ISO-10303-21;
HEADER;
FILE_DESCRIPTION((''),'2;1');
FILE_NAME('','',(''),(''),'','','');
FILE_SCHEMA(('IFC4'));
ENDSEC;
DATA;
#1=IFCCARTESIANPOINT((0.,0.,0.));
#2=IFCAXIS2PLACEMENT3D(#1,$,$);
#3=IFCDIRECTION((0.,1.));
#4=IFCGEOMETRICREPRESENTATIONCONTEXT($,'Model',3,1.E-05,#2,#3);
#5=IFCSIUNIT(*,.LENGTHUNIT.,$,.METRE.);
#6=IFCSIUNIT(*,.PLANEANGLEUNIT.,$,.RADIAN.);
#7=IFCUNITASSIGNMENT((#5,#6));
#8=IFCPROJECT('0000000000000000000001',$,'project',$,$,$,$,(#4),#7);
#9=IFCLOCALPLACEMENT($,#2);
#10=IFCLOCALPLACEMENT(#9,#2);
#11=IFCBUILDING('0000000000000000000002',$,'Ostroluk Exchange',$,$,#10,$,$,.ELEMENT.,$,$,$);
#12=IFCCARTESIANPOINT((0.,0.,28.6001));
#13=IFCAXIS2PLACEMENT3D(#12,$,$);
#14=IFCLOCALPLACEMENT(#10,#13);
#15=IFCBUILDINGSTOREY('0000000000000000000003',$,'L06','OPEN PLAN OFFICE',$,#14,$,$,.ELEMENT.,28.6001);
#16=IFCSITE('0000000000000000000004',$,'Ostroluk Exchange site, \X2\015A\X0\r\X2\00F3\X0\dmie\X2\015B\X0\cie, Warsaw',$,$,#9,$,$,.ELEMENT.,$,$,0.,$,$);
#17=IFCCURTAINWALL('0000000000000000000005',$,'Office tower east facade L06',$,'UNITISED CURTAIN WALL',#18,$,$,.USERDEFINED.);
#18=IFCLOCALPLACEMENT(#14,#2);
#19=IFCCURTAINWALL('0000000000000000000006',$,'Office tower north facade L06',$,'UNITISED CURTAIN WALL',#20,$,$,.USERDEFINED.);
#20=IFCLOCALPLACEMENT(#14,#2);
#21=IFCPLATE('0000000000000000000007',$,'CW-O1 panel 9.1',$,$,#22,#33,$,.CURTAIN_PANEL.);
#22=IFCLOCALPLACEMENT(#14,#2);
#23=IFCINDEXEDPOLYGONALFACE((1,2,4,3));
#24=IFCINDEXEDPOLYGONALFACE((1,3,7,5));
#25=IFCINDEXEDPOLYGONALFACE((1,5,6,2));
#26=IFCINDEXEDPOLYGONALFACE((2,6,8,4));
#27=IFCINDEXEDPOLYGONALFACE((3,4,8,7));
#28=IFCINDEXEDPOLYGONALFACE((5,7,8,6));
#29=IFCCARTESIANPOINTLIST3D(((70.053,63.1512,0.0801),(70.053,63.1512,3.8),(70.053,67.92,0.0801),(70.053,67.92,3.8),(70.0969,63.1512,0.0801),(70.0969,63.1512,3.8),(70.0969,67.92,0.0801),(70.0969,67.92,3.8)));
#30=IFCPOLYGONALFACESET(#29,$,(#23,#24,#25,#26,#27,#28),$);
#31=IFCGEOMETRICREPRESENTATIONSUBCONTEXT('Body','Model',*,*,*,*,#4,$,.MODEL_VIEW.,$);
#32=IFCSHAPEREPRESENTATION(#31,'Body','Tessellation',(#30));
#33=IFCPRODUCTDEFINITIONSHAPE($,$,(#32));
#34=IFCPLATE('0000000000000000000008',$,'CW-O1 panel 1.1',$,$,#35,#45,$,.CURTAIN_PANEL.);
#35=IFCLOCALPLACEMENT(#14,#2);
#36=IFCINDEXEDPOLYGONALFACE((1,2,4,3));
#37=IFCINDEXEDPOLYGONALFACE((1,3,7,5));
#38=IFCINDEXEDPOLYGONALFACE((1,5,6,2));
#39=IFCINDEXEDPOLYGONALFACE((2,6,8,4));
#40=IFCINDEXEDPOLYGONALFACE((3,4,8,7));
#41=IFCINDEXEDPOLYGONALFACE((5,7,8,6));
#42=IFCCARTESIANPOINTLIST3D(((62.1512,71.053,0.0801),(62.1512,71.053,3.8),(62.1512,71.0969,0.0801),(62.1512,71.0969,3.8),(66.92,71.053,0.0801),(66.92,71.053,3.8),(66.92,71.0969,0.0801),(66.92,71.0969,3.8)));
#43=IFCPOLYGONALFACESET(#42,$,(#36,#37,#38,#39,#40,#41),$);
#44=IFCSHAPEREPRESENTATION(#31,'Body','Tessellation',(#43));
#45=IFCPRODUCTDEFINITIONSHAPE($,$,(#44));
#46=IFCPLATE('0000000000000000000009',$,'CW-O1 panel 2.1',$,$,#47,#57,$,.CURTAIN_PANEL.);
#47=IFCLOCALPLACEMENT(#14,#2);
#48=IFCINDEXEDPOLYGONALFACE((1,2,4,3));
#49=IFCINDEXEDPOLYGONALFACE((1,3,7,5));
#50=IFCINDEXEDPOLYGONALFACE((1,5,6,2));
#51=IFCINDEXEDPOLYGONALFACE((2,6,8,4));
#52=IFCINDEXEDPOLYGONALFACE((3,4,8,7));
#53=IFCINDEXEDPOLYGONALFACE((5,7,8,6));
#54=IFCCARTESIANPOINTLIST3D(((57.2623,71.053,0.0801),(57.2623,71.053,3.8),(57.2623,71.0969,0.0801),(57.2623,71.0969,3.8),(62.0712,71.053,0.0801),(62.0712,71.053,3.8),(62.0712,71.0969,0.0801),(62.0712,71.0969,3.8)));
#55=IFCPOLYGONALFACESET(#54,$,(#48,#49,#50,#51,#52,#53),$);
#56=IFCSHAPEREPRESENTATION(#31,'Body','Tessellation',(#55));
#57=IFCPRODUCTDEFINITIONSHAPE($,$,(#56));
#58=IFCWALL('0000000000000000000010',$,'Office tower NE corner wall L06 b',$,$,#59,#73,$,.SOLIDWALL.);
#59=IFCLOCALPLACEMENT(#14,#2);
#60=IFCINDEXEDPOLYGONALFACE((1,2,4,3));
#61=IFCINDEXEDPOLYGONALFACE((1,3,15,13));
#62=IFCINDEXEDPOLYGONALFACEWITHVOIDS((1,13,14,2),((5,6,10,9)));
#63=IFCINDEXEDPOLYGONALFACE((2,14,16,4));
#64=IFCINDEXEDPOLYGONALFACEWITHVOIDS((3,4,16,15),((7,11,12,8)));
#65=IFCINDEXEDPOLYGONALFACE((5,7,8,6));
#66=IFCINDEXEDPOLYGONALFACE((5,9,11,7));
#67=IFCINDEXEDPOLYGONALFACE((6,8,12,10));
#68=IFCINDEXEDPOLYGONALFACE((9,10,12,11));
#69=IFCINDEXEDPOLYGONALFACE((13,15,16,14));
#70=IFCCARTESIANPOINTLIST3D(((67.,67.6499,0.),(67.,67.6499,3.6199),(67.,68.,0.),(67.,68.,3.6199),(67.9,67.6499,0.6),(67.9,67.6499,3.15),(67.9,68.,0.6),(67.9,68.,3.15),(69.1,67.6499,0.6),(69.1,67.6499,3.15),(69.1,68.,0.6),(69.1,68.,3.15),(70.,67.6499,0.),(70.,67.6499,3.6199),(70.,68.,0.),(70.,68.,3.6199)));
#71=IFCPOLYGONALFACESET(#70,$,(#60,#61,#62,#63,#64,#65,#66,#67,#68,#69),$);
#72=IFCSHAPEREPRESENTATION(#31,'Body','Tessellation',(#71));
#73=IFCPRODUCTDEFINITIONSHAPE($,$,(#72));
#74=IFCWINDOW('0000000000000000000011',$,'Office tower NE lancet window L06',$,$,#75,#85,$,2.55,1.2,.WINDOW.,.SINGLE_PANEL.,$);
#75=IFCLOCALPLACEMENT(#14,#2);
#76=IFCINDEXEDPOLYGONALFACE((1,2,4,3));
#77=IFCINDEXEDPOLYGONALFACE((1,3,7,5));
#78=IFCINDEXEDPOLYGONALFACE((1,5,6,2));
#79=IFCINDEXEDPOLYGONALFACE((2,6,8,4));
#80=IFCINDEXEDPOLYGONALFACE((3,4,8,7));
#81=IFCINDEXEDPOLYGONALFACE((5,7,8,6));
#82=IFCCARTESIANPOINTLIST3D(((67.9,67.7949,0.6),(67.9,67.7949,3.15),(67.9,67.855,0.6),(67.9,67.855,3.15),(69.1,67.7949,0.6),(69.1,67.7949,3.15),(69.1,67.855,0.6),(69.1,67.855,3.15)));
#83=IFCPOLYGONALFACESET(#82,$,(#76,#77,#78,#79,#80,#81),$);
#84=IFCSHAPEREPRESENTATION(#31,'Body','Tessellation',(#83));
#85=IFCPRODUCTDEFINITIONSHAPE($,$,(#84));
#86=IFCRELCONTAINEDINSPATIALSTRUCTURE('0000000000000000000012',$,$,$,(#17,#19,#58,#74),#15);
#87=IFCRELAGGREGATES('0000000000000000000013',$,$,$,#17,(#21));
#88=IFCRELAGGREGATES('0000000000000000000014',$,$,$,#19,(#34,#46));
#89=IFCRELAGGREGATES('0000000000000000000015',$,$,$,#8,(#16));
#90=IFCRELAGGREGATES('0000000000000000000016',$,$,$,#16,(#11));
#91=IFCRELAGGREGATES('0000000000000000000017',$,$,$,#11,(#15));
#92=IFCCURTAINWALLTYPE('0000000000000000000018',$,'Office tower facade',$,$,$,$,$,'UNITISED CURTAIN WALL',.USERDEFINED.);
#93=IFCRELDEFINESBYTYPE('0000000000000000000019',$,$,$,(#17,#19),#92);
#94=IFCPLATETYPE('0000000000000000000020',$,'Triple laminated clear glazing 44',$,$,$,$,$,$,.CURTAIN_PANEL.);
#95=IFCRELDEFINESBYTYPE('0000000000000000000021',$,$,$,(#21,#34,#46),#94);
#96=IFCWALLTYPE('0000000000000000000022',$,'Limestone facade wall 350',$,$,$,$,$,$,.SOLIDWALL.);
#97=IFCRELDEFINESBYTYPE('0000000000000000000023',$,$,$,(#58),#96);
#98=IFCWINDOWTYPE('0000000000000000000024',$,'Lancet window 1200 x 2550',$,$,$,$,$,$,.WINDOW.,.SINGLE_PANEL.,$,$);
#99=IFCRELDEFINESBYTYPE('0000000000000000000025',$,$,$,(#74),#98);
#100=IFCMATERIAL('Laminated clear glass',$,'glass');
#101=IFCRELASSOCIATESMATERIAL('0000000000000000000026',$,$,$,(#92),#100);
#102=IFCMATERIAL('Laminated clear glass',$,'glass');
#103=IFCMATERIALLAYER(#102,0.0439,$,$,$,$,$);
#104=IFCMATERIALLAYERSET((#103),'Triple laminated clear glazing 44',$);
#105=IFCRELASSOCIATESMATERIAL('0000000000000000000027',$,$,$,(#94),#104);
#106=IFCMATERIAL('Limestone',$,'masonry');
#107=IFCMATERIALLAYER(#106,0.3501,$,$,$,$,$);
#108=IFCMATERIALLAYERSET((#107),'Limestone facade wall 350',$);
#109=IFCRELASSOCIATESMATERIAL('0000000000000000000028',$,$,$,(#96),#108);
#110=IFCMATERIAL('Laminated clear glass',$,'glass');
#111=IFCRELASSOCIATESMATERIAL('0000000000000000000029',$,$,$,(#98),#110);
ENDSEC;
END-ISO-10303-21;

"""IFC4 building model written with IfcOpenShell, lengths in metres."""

from ifc_helpers import new_model, si_unit, direction, frame, frame_2d, origin, origin_2d, place, context, subcontext, project, spatial, rectangle, extrude, material, layer, layer_set, type_object, element, fill, aggregate, save


model = new_model("IFC4")

# Units and contexts
model_context = context("Model", 3, precision=1e-05, world=origin(), true_north=direction((0.0, 1.0)))
body_context = subcontext(model_context, "Body", "Model", "MODEL_VIEW")
ifc_project = project(units=[si_unit("LENGTHUNIT", "METRE"), si_unit("PLANEANGLEUNIT", "RADIAN")], contexts=[model_context])

# Site, building, storey
site_placement = place(None, origin())
site = spatial("IfcSite", under=ifc_project, at=site_placement, Name="Ostroluk Exchange site, Śródmieście, Warsaw", CompositionType="ELEMENT", RefElevation=0.0)
building_placement = place(site_placement, origin())
building = spatial("IfcBuilding", under=site, at=building_placement, Name="Ostroluk Exchange", CompositionType="ELEMENT")
storey_placement = place(building_placement, frame((0.0, 0.0, 28.6001)))
storey = spatial("IfcBuildingStorey", under=building, at=storey_placement, Name="L06", Description="OPEN PLAN OFFICE", CompositionType="ELEMENT", Elevation=28.6001)

# Curtain wall
ifc_material_1 = material(Name="Laminated clear glass", Category="glass")
curtain_wall_type = type_object("IfcCurtainWallType", Name="Office tower facade", ElementType="UNITISED CURTAIN WALL", PredefinedType="USERDEFINED", material=ifc_material_1)
curtain_wall_1_placement = place(storey_placement, origin())
curtain_wall_1 = element("IfcCurtainWall", 1, at=curtain_wall_1_placement, inside=storey, type_object=curtain_wall_type, Name="Office tower east facade L06", ObjectType="UNITISED CURTAIN WALL", PredefinedType="USERDEFINED")

# Curtain wall
curtain_wall_2_placement = place(storey_placement, origin())
curtain_wall_2 = element("IfcCurtainWall", 2, at=curtain_wall_2_placement, inside=storey, type_object=curtain_wall_type, Name="Office tower north facade L06", ObjectType="UNITISED CURTAIN WALL", PredefinedType="USERDEFINED")

# Plates
ifc_material_2 = material(Name="Laminated clear glass", Category="glass")
ifc_layer_1 = layer(ifc_material_2, 0.0439)
ifc_layer_set_1 = layer_set([ifc_layer_1], Name="Triple laminated clear glazing 44")
plate_type_1 = type_object("IfcPlateType", Name="Triple laminated clear glazing 44", PredefinedType="CURTAIN_PANEL", material=ifc_layer_set_1)
plate_1_placement = place(storey_placement, frame((70.075, 65.5356, 0.0801), z_axis=(0.0, 0.0, 1.0), x_axis=(0.0, 1.0, 0.0)))
plate_1 = element("IfcPlate", 3, at=plate_1_placement, type_object=plate_type_1, Name="CW-O1 panel 9.1", PredefinedType="CURTAIN_PANEL", context=body_context, shape_type="SweptSolid", body=[
    extrude(rectangle(XDim=4.7688, YDim=0.0439, at=origin_2d()), origin(), (0.0, 0.0, 1.0), 3.72),
])
aggregate(curtain_wall_1, [plate_1])
plate_2_placement = place(storey_placement, frame((64.5356, 71.075, 0.0801), z_axis=(0.0, 0.0, 1.0), x_axis=(-1.0, 0.0, 0.0)))
plate_2 = element("IfcPlate", 4, at=plate_2_placement, type_object=plate_type_1, Name="CW-O1 panel 1.1", PredefinedType="CURTAIN_PANEL", context=body_context, shape_type="SweptSolid", body=[
    extrude(rectangle(XDim=4.7688, YDim=0.0439, at=origin_2d()), origin(), (0.0, 0.0, 1.0), 3.72),
])
plate_3_placement = place(storey_placement, frame((59.6667, 71.075, 0.0801), z_axis=(0.0, 0.0, 1.0), x_axis=(-1.0, 0.0, 0.0)))
plate_3 = element("IfcPlate", 5, at=plate_3_placement, type_object=plate_type_1, Name="CW-O1 panel 2.1", PredefinedType="CURTAIN_PANEL", context=body_context, shape_type="SweptSolid", body=[
    extrude(rectangle(XDim=4.8088, YDim=0.0439, at=origin_2d()), origin(), (0.0, 0.0, 1.0), 3.72),
])
aggregate(curtain_wall_2, [plate_2, plate_3])

# Shared definitions
ifc_material_3 = material(Name="Limestone", Category="masonry")
ifc_layer_2 = layer(ifc_material_3, 0.3501)
ifc_layer_set_2 = layer_set([ifc_layer_2], Name="Limestone facade wall 350")
wall_type = type_object("IfcWallType", Name="Limestone facade wall 350", PredefinedType="SOLIDWALL", material=ifc_layer_set_2)

# Wall, opening, window
wall_1_placement = place(storey_placement, frame((67.0, 67.825, 0.0), z_axis=(0.0, 0.0, 1.0), x_axis=(1.0, 0.0, 0.0)))
wall_1 = element("IfcWall", 6, at=wall_1_placement, inside=storey, type_object=wall_type, Name="Office tower NE corner wall L06 b", PredefinedType="SOLIDWALL", context=body_context, shape_type="SweptSolid", body=[
    extrude(rectangle(XDim=3.0, YDim=0.3501, at=frame_2d((1.5, 0.0))), origin(), (0.0, 0.0, 1.0), 3.6199),
])
opening_1_placement = place(wall_1_placement, frame((0.8999, 0.0, 0.6001)))
opening_1 = element("IfcOpeningElement", 7, at=opening_1_placement, cuts=wall_1, PredefinedType="OPENING", context=body_context, shape_type="SweptSolid", body=[
    extrude(rectangle(XDim=1.2, YDim=2.55, at=frame_2d((0.6001, 1.2749))), frame((0.0, 0.1851, 0.0), z_axis=(0.0, -1.0, 0.0), x_axis=(1.0, 0.0, 0.0)), (0.0, 0.0, 1.0), 0.3701),
])
ifc_material_4 = material(Name="Laminated clear glass", Category="glass")
window_type = type_object("IfcWindowType", Name="Lancet window 1200 x 2550", PartitioningType="SINGLE_PANEL", PredefinedType="WINDOW", material=ifc_material_4)
window_placement = place(opening_1_placement, origin())
window = element("IfcWindow", 8, at=window_placement, inside=storey, type_object=window_type, Name="Office tower NE lancet window L06", OverallHeight=2.55, OverallWidth=1.2, PartitioningType="SINGLE_PANEL", PredefinedType="WINDOW", context=body_context, shape_type="SweptSolid", body=[
    extrude(rectangle(XDim=1.2, YDim=2.55, at=frame_2d((0.6001, 1.2749))), frame((0.0, 0.03, 0.0), z_axis=(0.0, -1.0, 0.0), x_axis=(1.0, 0.0, 0.0)), (0.0, 0.0, 1.0), 0.0601),
])
fill(opening_1, window)

save(model, "model.ifc")
